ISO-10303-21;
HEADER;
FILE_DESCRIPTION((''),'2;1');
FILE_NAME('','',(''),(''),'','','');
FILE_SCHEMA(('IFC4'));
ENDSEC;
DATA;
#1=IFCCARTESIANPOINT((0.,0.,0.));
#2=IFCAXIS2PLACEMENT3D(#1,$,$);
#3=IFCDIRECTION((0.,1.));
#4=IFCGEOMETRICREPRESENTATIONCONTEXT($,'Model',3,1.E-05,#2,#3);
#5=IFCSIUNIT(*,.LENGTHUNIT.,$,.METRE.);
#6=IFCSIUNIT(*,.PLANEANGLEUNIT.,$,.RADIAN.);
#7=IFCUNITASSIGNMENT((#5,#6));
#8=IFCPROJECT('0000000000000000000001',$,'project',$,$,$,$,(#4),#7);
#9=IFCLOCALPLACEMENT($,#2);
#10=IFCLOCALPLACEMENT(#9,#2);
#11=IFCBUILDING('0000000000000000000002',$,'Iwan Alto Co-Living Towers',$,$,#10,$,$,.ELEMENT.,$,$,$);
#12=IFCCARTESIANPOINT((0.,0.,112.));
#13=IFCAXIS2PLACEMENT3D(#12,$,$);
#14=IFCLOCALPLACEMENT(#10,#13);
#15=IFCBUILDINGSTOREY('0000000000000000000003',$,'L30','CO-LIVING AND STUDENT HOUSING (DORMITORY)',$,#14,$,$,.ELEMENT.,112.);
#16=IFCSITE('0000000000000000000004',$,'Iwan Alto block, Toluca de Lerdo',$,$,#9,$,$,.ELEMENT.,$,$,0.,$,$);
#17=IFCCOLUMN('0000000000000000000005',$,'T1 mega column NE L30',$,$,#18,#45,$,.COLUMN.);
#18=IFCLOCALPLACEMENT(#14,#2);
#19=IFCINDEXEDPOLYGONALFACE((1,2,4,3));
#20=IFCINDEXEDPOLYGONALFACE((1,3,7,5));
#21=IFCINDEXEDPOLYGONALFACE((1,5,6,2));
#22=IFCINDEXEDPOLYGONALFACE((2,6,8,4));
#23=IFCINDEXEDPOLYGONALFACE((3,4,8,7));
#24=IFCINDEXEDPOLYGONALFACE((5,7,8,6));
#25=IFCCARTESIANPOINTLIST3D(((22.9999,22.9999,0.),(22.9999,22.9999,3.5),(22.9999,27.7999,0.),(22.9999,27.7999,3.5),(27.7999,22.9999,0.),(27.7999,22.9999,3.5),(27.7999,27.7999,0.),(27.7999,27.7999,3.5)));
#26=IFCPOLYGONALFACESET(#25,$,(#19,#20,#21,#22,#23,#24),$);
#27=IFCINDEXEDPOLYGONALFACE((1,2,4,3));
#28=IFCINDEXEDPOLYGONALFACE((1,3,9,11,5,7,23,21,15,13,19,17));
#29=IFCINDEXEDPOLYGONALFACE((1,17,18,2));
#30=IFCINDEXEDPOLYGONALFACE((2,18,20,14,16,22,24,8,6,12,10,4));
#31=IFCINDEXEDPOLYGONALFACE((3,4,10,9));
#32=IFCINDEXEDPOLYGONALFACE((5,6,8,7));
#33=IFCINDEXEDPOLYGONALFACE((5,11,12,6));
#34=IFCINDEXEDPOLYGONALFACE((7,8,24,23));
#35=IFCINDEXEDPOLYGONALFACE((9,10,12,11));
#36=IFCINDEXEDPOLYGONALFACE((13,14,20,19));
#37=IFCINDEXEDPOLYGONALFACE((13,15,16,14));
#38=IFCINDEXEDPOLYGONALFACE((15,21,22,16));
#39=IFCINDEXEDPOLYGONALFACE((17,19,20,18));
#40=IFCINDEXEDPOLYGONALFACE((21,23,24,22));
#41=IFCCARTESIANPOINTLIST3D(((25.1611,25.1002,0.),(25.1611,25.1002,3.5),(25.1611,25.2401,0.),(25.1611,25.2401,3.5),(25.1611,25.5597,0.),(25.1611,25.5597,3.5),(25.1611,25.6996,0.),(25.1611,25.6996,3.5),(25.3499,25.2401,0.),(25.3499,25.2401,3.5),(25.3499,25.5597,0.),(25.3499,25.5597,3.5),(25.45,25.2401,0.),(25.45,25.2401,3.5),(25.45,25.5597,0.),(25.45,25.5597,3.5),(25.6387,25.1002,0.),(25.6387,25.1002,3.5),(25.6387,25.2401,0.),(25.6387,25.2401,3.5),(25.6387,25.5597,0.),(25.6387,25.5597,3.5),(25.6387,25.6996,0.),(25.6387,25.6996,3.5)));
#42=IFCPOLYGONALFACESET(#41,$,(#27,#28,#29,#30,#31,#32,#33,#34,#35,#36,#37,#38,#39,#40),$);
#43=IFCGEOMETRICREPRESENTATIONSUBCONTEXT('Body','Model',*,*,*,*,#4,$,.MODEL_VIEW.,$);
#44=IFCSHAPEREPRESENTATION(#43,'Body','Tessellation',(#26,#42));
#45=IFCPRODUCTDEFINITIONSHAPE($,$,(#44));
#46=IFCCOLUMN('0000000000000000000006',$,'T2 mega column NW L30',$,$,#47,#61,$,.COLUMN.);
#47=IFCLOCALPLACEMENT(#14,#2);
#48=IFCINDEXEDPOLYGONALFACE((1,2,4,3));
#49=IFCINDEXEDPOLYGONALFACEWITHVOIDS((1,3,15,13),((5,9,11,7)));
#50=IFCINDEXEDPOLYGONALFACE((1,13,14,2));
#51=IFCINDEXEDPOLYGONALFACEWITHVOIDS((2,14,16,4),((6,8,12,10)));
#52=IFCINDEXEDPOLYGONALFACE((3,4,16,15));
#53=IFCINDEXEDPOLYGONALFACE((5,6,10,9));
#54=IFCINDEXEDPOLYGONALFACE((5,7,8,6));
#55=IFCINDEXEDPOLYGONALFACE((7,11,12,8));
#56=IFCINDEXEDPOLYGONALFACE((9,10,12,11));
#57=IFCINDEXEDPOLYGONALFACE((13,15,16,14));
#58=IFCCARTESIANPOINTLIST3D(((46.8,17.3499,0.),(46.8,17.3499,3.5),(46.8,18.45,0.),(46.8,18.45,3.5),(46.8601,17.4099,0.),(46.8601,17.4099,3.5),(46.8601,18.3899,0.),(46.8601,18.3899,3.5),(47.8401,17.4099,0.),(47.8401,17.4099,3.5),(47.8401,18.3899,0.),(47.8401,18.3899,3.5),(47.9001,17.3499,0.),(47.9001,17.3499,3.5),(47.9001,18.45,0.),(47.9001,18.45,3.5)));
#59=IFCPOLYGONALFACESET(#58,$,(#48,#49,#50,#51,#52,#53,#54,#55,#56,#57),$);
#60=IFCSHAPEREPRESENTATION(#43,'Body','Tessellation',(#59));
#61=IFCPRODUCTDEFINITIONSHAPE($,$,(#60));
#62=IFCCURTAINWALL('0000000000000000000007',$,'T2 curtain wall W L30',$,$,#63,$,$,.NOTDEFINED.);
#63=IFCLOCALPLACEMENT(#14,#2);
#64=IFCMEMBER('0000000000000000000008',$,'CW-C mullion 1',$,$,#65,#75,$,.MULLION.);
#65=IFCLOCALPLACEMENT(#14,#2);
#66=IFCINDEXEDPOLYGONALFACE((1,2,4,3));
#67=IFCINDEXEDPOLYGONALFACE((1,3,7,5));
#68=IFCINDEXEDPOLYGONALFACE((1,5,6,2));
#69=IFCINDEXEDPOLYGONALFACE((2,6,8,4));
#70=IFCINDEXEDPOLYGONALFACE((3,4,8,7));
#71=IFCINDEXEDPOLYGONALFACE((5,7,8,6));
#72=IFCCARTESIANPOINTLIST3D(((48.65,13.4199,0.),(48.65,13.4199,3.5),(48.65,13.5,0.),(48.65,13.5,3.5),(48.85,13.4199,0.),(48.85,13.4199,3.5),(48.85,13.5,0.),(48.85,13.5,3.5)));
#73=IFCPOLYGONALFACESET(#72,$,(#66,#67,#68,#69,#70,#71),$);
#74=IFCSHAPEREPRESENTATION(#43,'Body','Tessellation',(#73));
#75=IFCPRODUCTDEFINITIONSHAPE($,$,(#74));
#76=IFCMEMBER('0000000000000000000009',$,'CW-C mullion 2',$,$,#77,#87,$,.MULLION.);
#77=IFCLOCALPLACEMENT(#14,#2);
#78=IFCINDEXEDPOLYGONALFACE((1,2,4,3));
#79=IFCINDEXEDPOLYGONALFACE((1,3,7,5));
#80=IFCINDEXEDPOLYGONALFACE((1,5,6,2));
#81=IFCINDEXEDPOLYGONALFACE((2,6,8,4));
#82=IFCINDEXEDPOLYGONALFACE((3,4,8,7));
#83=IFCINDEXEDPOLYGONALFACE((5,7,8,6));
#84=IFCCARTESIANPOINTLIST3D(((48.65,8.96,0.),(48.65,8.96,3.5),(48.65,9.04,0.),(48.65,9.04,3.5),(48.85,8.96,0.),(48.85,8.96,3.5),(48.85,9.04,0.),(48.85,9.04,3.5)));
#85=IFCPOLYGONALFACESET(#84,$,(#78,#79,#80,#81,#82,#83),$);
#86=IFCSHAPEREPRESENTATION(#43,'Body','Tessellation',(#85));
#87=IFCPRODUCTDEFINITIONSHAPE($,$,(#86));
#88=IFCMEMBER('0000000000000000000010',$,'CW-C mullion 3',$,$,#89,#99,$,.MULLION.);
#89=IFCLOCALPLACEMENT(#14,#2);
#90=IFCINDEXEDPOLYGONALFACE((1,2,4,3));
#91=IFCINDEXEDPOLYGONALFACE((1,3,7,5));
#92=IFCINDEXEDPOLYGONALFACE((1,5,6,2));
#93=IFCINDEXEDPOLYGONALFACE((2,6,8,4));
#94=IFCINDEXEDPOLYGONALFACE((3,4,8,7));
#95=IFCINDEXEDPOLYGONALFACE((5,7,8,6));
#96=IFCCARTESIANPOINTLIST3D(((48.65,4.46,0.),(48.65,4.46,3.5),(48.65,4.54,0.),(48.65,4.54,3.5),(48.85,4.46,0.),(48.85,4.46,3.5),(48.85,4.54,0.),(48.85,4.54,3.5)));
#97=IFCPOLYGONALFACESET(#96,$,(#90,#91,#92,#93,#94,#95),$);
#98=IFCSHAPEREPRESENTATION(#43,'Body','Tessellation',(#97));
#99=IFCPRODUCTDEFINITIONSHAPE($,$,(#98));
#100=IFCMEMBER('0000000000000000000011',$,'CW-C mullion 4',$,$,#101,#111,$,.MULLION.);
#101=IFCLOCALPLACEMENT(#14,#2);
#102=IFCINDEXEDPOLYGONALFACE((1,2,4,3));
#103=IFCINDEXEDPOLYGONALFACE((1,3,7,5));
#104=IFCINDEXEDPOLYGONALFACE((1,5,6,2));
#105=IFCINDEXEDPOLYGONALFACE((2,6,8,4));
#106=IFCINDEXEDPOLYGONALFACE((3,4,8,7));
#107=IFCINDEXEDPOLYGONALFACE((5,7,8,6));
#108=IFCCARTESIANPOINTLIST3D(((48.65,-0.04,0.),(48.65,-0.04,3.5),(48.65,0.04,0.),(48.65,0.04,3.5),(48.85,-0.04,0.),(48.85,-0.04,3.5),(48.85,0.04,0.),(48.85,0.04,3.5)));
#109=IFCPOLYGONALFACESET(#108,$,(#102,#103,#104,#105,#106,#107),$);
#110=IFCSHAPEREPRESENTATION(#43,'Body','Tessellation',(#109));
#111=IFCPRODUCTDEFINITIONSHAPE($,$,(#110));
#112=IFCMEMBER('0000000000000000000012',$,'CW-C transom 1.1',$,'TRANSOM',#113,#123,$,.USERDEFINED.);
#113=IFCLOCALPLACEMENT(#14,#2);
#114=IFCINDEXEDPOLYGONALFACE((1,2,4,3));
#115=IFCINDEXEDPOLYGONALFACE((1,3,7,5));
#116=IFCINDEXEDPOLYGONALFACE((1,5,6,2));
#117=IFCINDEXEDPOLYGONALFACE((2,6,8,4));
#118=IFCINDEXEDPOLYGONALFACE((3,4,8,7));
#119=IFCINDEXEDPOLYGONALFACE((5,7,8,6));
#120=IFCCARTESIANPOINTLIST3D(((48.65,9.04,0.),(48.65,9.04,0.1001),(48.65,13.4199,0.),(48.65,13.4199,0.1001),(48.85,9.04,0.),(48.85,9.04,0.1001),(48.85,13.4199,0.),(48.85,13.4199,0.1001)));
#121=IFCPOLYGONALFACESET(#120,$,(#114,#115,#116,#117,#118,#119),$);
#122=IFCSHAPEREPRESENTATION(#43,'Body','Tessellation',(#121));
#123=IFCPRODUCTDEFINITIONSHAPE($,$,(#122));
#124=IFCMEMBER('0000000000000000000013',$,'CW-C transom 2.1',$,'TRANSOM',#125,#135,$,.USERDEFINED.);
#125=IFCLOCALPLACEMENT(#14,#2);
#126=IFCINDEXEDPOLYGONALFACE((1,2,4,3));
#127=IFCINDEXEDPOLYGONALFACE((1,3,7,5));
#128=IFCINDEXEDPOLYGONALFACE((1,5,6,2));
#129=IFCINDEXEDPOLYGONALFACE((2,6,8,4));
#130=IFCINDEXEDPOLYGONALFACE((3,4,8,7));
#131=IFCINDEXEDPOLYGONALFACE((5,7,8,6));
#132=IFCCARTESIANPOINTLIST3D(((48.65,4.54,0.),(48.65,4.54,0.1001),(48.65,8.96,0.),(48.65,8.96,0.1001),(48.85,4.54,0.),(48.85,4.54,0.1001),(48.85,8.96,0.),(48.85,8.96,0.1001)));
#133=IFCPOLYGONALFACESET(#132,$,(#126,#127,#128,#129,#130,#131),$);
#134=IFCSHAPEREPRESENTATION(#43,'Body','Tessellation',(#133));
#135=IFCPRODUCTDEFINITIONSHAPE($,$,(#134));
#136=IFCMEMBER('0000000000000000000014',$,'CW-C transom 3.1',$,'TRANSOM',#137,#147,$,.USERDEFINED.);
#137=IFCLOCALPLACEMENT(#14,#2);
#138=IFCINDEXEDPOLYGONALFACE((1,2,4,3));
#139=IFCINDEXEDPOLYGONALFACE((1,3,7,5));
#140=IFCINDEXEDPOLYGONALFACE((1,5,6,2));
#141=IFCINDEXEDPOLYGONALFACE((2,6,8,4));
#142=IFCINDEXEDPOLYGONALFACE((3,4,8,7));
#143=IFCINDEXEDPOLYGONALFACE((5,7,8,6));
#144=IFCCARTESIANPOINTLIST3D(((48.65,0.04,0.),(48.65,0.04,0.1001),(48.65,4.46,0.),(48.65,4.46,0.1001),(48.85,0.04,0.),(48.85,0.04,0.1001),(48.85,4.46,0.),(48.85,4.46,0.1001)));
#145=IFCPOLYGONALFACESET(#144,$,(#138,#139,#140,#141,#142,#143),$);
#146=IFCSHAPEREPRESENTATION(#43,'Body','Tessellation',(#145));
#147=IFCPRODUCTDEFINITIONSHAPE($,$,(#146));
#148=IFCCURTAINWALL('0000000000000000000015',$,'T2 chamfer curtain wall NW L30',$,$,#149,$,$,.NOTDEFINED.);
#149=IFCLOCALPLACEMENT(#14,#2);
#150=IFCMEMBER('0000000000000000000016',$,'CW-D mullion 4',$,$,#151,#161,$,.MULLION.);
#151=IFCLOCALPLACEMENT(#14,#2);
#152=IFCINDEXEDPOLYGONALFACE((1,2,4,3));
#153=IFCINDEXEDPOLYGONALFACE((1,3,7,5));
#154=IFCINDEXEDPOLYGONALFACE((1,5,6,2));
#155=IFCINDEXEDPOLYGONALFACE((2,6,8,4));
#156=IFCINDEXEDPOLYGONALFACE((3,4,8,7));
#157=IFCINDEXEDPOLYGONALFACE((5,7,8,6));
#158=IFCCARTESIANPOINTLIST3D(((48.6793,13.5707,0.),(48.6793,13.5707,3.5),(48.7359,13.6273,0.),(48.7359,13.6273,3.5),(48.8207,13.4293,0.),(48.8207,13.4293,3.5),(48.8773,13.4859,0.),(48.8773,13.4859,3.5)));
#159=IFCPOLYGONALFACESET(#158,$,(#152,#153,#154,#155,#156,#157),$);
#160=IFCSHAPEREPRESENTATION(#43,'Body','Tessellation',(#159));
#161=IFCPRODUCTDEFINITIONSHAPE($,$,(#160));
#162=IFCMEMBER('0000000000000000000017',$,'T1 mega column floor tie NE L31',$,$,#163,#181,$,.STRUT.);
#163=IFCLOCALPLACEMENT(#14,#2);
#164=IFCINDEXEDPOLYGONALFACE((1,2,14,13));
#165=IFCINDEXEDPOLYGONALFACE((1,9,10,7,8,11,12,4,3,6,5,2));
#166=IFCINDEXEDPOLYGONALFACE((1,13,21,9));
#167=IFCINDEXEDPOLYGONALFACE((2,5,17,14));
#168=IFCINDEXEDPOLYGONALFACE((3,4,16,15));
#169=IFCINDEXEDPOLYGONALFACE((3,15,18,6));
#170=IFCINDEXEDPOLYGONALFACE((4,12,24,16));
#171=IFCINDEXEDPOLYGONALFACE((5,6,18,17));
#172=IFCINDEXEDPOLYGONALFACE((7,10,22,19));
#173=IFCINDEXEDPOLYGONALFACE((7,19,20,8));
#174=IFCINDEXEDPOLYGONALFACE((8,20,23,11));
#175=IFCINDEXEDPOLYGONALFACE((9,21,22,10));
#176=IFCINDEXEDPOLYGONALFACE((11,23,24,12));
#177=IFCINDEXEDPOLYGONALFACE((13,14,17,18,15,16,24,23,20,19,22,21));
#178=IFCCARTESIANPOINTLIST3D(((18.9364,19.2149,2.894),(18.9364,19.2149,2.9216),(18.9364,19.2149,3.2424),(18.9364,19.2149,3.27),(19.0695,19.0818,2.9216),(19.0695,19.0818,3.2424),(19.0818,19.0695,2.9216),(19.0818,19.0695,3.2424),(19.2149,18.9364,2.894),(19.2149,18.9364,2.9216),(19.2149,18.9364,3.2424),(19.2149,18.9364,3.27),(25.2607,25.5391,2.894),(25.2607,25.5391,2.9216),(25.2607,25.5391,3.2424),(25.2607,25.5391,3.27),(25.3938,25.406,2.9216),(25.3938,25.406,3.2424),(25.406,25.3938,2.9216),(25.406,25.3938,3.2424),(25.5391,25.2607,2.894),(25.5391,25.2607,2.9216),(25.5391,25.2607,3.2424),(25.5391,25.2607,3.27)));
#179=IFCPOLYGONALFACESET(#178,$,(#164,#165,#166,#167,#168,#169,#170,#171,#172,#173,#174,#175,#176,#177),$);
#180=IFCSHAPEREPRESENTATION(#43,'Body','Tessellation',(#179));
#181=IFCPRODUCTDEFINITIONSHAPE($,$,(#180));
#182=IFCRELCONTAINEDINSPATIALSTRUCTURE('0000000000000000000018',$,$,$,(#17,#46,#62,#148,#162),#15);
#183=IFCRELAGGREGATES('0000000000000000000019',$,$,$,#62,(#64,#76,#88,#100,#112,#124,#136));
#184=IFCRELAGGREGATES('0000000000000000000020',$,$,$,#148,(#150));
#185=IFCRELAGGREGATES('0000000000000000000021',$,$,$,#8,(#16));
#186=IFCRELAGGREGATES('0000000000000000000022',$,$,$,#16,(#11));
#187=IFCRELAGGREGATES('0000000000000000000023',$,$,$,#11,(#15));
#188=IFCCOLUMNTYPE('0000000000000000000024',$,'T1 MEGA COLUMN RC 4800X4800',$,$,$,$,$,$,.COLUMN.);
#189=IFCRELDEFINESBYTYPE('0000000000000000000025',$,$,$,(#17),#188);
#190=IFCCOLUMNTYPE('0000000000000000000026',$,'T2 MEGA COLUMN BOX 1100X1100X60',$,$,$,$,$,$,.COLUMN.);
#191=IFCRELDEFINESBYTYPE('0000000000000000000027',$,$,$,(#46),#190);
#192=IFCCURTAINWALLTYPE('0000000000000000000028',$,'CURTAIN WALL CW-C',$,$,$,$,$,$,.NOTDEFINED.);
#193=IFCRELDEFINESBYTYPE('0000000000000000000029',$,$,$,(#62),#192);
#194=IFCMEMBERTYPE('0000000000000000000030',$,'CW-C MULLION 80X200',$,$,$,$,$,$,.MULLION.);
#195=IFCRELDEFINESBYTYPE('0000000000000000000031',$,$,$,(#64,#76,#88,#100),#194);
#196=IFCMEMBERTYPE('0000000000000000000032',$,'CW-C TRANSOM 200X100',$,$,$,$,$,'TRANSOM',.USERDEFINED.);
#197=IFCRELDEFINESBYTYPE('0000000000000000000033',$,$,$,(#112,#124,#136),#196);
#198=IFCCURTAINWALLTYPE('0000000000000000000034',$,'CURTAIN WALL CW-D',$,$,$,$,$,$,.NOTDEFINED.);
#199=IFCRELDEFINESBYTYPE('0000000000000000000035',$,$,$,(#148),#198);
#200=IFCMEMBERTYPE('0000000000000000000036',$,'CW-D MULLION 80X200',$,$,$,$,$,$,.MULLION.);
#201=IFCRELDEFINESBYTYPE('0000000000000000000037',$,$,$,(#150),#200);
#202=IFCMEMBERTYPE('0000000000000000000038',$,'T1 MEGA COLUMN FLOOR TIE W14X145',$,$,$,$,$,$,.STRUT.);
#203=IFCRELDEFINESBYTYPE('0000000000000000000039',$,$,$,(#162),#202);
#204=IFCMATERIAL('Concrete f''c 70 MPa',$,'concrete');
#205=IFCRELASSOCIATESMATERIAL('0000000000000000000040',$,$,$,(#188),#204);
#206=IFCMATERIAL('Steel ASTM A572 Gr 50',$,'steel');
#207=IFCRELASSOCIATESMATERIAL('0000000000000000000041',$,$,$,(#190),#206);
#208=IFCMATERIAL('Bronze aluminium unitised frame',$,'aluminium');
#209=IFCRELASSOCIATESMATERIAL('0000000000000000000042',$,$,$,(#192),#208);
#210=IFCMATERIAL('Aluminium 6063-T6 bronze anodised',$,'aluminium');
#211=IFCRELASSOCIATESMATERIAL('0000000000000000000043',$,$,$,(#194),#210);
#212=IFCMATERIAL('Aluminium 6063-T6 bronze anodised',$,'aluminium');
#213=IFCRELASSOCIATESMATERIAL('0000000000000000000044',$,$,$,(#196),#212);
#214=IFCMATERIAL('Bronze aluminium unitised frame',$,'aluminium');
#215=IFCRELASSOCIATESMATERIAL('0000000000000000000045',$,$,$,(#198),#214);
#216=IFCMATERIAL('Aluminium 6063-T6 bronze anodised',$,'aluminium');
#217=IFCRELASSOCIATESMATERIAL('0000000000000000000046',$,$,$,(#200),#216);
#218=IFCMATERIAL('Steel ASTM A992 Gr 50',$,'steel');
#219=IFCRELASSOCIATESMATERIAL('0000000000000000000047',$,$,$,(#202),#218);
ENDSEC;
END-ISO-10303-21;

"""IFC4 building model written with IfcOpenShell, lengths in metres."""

from ifc_helpers import new_model, si_unit, direction, frame, origin, origin_2d, place, context, subcontext, project, spatial, rectangle, hollow_rectangle, i_section, extrude, material, material_profile, profile_set, type_object, element, aggregate, save


model = new_model("IFC4")

# Units and contexts
model_context = context("Model", 3, precision=1e-05, world=origin(), true_north=direction((0.0, 1.0)))
body_context = subcontext(model_context, "Body", "Model", "MODEL_VIEW")
ifc_project = project(units=[si_unit("LENGTHUNIT", "METRE"), si_unit("PLANEANGLEUNIT", "RADIAN")], contexts=[model_context])

# Site, building, storey
site_placement = place(None, origin())
site = spatial("IfcSite", under=ifc_project, at=site_placement, Name="Iwan Alto block, Toluca de Lerdo", CompositionType="ELEMENT", RefElevation=0.0)
building_placement = place(site_placement, origin())
building = spatial("IfcBuilding", under=site, at=building_placement, Name="Iwan Alto Co-Living Towers", CompositionType="ELEMENT")
storey_placement = place(building_placement, frame((0.0, 0.0, 112.0)))
storey = spatial("IfcBuildingStorey", under=building, at=storey_placement, Name="L30", Description="CO-LIVING AND STUDENT HOUSING (DORMITORY)", CompositionType="ELEMENT", Elevation=112.0)

# Columns
ifc_material_1 = material(Name="Concrete f'c 70 MPa", Category="concrete")
ifc_material_profile_1 = material_profile(ifc_material_1, rectangle(XDim=4.8, YDim=4.8, at=origin_2d()), Name="RC 4800X4800")
ifc_profile_set_1 = profile_set([ifc_material_profile_1], Name="Concrete f'c 70 MPa")
column_type_1 = type_object("IfcColumnType", Name="T1 MEGA COLUMN RC 4800X4800", PredefinedType="COLUMN", material=ifc_profile_set_1)
column_1_placement = place(storey_placement, frame((25.3999, 25.3999, 0.0), z_axis=(0.0, 0.0, 1.0), x_axis=(1.0, 0.0, 0.0)))
element("IfcColumn", 1, at=column_1_placement, inside=storey, type_object=column_type_1, Name="T1 mega column NE L30", PredefinedType="COLUMN", context=body_context, shape_type="SweptSolid", body=[
    extrude(rectangle(XDim=4.8, YDim=4.8, at=origin_2d()), origin(), (0.0, 0.0, 1.0), 3.5),
    extrude(i_section(OverallWidth=0.4775, OverallDepth=0.5994, WebThickness=0.1001, FlangeThickness=0.1399, at=origin_2d()), origin(), (0.0, 0.0, 1.0), 3.5),
])
ifc_material_2 = material(Name="Steel ASTM A572 Gr 50", Category="steel")
ifc_material_profile_2 = material_profile(ifc_material_2, hollow_rectangle(XDim=1.1001, YDim=1.1001, WallThickness=0.0601, at=origin_2d()), Name="BOX 1100X1100X60")
ifc_profile_set_2 = profile_set([ifc_material_profile_2], Name="Steel ASTM A572 Gr 50")
column_type_2 = type_object("IfcColumnType", Name="T2 MEGA COLUMN BOX 1100X1100X60", PredefinedType="COLUMN", material=ifc_profile_set_2)
column_2_placement = place(storey_placement, frame((47.3501, 17.8999, 0.0), z_axis=(0.0, 0.0, 1.0), x_axis=(1.0, 0.0, 0.0)))
element("IfcColumn", 2, at=column_2_placement, inside=storey, type_object=column_type_2, Name="T2 mega column NW L30", PredefinedType="COLUMN", context=body_context, shape_type="SweptSolid", body=[
    extrude(hollow_rectangle(XDim=1.1001, YDim=1.1001, WallThickness=0.0601, at=origin_2d()), origin(), (0.0, 0.0, 1.0), 3.5),
])

# Curtain wall, members
ifc_material_3 = material(Name="Bronze aluminium unitised frame", Category="aluminium")
curtain_wall_type_1 = type_object("IfcCurtainWallType", Name="CURTAIN WALL CW-C", PredefinedType="NOTDEFINED", material=ifc_material_3)
curtain_wall_1_placement = place(storey_placement, origin())
curtain_wall_1 = element("IfcCurtainWall", 3, at=curtain_wall_1_placement, inside=storey, type_object=curtain_wall_type_1, Name="T2 curtain wall W L30", PredefinedType="NOTDEFINED")
ifc_material_4 = material(Name="Aluminium 6063-T6 bronze anodised", Category="aluminium")
ifc_material_profile_3 = material_profile(ifc_material_4, rectangle(XDim=0.2, YDim=0.0801, at=origin_2d()), Name="AL 80X200")
ifc_profile_set_3 = profile_set([ifc_material_profile_3], Name="Aluminium 6063-T6 bronze anodised")
member_type_1 = type_object("IfcMemberType", Name="CW-C MULLION 80X200", PredefinedType="MULLION", material=ifc_profile_set_3)
member_1_placement = place(storey_placement, frame((48.75, 13.46, 0.0), z_axis=(0.0, 0.0, 1.0), x_axis=(1.0, 0.0, 0.0)))
member_1 = element("IfcMember", 4, at=member_1_placement, type_object=member_type_1, Name="CW-C mullion 1", PredefinedType="MULLION", context=body_context, shape_type="SweptSolid", body=[
    extrude(rectangle(XDim=0.2, YDim=0.0801, at=origin_2d()), origin(), (0.0, 0.0, 1.0), 3.5),
])
member_2_placement = place(storey_placement, frame((48.75, 9.0, 0.0), z_axis=(0.0, 0.0, 1.0), x_axis=(1.0, 0.0, 0.0)))
member_2 = element("IfcMember", 5, at=member_2_placement, type_object=member_type_1, Name="CW-C mullion 2", PredefinedType="MULLION", context=body_context, shape_type="SweptSolid", body=[
    extrude(rectangle(XDim=0.2, YDim=0.0801, at=origin_2d()), origin(), (0.0, 0.0, 1.0), 3.5),
])
member_3_placement = place(storey_placement, frame((48.75, 4.5, 0.0), z_axis=(0.0, 0.0, 1.0), x_axis=(1.0, 0.0, 0.0)))
member_3 = element("IfcMember", 6, at=member_3_placement, type_object=member_type_1, Name="CW-C mullion 3", PredefinedType="MULLION", context=body_context, shape_type="SweptSolid", body=[
    extrude(rectangle(XDim=0.2, YDim=0.0801, at=origin_2d()), origin(), (0.0, 0.0, 1.0), 3.5),
])
member_4_placement = place(storey_placement, frame((48.75, 0.0, 0.0), z_axis=(0.0, 0.0, 1.0), x_axis=(1.0, 0.0, 0.0)))
member_4 = element("IfcMember", 7, at=member_4_placement, type_object=member_type_1, Name="CW-C mullion 4", PredefinedType="MULLION", context=body_context, shape_type="SweptSolid", body=[
    extrude(rectangle(XDim=0.2, YDim=0.0801, at=origin_2d()), origin(), (0.0, 0.0, 1.0), 3.5),
])
ifc_material_5 = material(Name="Aluminium 6063-T6 bronze anodised", Category="aluminium")
ifc_material_profile_4 = material_profile(ifc_material_5, rectangle(XDim=0.2, YDim=0.1001, at=origin_2d()), Name="AL 200X100")
ifc_profile_set_4 = profile_set([ifc_material_profile_4], Name="Aluminium 6063-T6 bronze anodised")
member_type_2 = type_object("IfcMemberType", Name="CW-C TRANSOM 200X100", ElementType="TRANSOM", PredefinedType="USERDEFINED", material=ifc_profile_set_4)
member_5_placement = place(storey_placement, frame((48.75, 13.4199, 0.05), z_axis=(0.0, -1.0, 0.0), x_axis=(1.0, 0.0, 0.0)))
member_5 = element("IfcMember", 8, at=member_5_placement, type_object=member_type_2, Name="CW-C transom 1.1", ObjectType="TRANSOM", PredefinedType="USERDEFINED", context=body_context, shape_type="SweptSolid", body=[
    extrude(rectangle(XDim=0.2, YDim=0.1001, at=origin_2d()), origin(), (0.0, 0.0, 1.0), 4.3799),
])
member_6_placement = place(storey_placement, frame((48.75, 8.96, 0.05), z_axis=(0.0, -1.0, 0.0), x_axis=(1.0, 0.0, 0.0)))
member_6 = element("IfcMember", 9, at=member_6_placement, type_object=member_type_2, Name="CW-C transom 2.1", ObjectType="TRANSOM", PredefinedType="USERDEFINED", context=body_context, shape_type="SweptSolid", body=[
    extrude(rectangle(XDim=0.2, YDim=0.1001, at=origin_2d()), origin(), (0.0, 0.0, 1.0), 4.4199),
])
member_7_placement = place(storey_placement, frame((48.75, 4.46, 0.05), z_axis=(0.0, -1.0, 0.0), x_axis=(1.0, 0.0, 0.0)))
member_7 = element("IfcMember", 10, at=member_7_placement, type_object=member_type_2, Name="CW-C transom 3.1", ObjectType="TRANSOM", PredefinedType="USERDEFINED", context=body_context, shape_type="SweptSolid", body=[
    extrude(rectangle(XDim=0.2, YDim=0.1001, at=origin_2d()), origin(), (0.0, 0.0, 1.0), 4.4199),
])

# Curtain wall, member
ifc_material_6 = material(Name="Bronze aluminium unitised frame", Category="aluminium")
curtain_wall_type_2 = type_object("IfcCurtainWallType", Name="CURTAIN WALL CW-D", PredefinedType="NOTDEFINED", material=ifc_material_6)
curtain_wall_2_placement = place(storey_placement, origin())
curtain_wall_2 = element("IfcCurtainWall", 11, at=curtain_wall_2_placement, inside=storey, type_object=curtain_wall_type_2, Name="T2 chamfer curtain wall NW L30", PredefinedType="NOTDEFINED")
ifc_material_7 = material(Name="Aluminium 6063-T6 bronze anodised", Category="aluminium")
ifc_material_profile_5 = material_profile(ifc_material_7, rectangle(XDim=0.2, YDim=0.0801, at=origin_2d()), Name="AL 80X200")
ifc_profile_set_5 = profile_set([ifc_material_profile_5], Name="Aluminium 6063-T6 bronze anodised")
member_type_3 = type_object("IfcMemberType", Name="CW-D MULLION 80X200", PredefinedType="MULLION", material=ifc_profile_set_5)
member_8_placement = place(storey_placement, frame((48.7783, 13.5283, 0.0), z_axis=(0.0, 0.0, 1.0), x_axis=(0.707107, -0.707107, 0.0)))
member_8 = element("IfcMember", 12, at=member_8_placement, type_object=member_type_3, Name="CW-D mullion 4", PredefinedType="MULLION", context=body_context, shape_type="SweptSolid", body=[
    extrude(rectangle(XDim=0.2, YDim=0.0801, at=origin_2d()), origin(), (0.0, 0.0, 1.0), 3.5),
])

# Member
ifc_material_8 = material(Name="Steel ASTM A992 Gr 50", Category="steel")
ifc_material_profile_6 = material_profile(ifc_material_8, i_section(OverallWidth=0.3938, OverallDepth=0.376, WebThickness=0.0173, FlangeThickness=0.0276, at=origin_2d()), Name="W14X145")
ifc_profile_set_6 = profile_set([ifc_material_profile_6], Name="Steel ASTM A992 Gr 50")
member_type_4 = type_object("IfcMemberType", Name="T1 MEGA COLUMN FLOOR TIE W14X145", PredefinedType="STRUT", material=ifc_profile_set_6)
member_9_placement = place(storey_placement, frame((25.3999, 25.3999, 3.082), z_axis=(-0.707107, -0.707107, 0.0), x_axis=(0.707107, -0.707107, 0.0)))
element("IfcMember", 13, at=member_9_placement, inside=storey, type_object=member_type_4, Name="T1 mega column floor tie NE L31", PredefinedType="STRUT", context=body_context, shape_type="SweptSolid", body=[
    extrude(i_section(OverallWidth=0.3938, OverallDepth=0.376, WebThickness=0.0173, FlangeThickness=0.0276, at=origin_2d()), origin(), (0.0, 0.0, 1.0), 8.9438),
])

aggregate(curtain_wall_1, [member_1, member_2, member_3, member_4, member_5, member_6, member_7])
aggregate(curtain_wall_2, [member_8])

save(model, "model.ifc")
